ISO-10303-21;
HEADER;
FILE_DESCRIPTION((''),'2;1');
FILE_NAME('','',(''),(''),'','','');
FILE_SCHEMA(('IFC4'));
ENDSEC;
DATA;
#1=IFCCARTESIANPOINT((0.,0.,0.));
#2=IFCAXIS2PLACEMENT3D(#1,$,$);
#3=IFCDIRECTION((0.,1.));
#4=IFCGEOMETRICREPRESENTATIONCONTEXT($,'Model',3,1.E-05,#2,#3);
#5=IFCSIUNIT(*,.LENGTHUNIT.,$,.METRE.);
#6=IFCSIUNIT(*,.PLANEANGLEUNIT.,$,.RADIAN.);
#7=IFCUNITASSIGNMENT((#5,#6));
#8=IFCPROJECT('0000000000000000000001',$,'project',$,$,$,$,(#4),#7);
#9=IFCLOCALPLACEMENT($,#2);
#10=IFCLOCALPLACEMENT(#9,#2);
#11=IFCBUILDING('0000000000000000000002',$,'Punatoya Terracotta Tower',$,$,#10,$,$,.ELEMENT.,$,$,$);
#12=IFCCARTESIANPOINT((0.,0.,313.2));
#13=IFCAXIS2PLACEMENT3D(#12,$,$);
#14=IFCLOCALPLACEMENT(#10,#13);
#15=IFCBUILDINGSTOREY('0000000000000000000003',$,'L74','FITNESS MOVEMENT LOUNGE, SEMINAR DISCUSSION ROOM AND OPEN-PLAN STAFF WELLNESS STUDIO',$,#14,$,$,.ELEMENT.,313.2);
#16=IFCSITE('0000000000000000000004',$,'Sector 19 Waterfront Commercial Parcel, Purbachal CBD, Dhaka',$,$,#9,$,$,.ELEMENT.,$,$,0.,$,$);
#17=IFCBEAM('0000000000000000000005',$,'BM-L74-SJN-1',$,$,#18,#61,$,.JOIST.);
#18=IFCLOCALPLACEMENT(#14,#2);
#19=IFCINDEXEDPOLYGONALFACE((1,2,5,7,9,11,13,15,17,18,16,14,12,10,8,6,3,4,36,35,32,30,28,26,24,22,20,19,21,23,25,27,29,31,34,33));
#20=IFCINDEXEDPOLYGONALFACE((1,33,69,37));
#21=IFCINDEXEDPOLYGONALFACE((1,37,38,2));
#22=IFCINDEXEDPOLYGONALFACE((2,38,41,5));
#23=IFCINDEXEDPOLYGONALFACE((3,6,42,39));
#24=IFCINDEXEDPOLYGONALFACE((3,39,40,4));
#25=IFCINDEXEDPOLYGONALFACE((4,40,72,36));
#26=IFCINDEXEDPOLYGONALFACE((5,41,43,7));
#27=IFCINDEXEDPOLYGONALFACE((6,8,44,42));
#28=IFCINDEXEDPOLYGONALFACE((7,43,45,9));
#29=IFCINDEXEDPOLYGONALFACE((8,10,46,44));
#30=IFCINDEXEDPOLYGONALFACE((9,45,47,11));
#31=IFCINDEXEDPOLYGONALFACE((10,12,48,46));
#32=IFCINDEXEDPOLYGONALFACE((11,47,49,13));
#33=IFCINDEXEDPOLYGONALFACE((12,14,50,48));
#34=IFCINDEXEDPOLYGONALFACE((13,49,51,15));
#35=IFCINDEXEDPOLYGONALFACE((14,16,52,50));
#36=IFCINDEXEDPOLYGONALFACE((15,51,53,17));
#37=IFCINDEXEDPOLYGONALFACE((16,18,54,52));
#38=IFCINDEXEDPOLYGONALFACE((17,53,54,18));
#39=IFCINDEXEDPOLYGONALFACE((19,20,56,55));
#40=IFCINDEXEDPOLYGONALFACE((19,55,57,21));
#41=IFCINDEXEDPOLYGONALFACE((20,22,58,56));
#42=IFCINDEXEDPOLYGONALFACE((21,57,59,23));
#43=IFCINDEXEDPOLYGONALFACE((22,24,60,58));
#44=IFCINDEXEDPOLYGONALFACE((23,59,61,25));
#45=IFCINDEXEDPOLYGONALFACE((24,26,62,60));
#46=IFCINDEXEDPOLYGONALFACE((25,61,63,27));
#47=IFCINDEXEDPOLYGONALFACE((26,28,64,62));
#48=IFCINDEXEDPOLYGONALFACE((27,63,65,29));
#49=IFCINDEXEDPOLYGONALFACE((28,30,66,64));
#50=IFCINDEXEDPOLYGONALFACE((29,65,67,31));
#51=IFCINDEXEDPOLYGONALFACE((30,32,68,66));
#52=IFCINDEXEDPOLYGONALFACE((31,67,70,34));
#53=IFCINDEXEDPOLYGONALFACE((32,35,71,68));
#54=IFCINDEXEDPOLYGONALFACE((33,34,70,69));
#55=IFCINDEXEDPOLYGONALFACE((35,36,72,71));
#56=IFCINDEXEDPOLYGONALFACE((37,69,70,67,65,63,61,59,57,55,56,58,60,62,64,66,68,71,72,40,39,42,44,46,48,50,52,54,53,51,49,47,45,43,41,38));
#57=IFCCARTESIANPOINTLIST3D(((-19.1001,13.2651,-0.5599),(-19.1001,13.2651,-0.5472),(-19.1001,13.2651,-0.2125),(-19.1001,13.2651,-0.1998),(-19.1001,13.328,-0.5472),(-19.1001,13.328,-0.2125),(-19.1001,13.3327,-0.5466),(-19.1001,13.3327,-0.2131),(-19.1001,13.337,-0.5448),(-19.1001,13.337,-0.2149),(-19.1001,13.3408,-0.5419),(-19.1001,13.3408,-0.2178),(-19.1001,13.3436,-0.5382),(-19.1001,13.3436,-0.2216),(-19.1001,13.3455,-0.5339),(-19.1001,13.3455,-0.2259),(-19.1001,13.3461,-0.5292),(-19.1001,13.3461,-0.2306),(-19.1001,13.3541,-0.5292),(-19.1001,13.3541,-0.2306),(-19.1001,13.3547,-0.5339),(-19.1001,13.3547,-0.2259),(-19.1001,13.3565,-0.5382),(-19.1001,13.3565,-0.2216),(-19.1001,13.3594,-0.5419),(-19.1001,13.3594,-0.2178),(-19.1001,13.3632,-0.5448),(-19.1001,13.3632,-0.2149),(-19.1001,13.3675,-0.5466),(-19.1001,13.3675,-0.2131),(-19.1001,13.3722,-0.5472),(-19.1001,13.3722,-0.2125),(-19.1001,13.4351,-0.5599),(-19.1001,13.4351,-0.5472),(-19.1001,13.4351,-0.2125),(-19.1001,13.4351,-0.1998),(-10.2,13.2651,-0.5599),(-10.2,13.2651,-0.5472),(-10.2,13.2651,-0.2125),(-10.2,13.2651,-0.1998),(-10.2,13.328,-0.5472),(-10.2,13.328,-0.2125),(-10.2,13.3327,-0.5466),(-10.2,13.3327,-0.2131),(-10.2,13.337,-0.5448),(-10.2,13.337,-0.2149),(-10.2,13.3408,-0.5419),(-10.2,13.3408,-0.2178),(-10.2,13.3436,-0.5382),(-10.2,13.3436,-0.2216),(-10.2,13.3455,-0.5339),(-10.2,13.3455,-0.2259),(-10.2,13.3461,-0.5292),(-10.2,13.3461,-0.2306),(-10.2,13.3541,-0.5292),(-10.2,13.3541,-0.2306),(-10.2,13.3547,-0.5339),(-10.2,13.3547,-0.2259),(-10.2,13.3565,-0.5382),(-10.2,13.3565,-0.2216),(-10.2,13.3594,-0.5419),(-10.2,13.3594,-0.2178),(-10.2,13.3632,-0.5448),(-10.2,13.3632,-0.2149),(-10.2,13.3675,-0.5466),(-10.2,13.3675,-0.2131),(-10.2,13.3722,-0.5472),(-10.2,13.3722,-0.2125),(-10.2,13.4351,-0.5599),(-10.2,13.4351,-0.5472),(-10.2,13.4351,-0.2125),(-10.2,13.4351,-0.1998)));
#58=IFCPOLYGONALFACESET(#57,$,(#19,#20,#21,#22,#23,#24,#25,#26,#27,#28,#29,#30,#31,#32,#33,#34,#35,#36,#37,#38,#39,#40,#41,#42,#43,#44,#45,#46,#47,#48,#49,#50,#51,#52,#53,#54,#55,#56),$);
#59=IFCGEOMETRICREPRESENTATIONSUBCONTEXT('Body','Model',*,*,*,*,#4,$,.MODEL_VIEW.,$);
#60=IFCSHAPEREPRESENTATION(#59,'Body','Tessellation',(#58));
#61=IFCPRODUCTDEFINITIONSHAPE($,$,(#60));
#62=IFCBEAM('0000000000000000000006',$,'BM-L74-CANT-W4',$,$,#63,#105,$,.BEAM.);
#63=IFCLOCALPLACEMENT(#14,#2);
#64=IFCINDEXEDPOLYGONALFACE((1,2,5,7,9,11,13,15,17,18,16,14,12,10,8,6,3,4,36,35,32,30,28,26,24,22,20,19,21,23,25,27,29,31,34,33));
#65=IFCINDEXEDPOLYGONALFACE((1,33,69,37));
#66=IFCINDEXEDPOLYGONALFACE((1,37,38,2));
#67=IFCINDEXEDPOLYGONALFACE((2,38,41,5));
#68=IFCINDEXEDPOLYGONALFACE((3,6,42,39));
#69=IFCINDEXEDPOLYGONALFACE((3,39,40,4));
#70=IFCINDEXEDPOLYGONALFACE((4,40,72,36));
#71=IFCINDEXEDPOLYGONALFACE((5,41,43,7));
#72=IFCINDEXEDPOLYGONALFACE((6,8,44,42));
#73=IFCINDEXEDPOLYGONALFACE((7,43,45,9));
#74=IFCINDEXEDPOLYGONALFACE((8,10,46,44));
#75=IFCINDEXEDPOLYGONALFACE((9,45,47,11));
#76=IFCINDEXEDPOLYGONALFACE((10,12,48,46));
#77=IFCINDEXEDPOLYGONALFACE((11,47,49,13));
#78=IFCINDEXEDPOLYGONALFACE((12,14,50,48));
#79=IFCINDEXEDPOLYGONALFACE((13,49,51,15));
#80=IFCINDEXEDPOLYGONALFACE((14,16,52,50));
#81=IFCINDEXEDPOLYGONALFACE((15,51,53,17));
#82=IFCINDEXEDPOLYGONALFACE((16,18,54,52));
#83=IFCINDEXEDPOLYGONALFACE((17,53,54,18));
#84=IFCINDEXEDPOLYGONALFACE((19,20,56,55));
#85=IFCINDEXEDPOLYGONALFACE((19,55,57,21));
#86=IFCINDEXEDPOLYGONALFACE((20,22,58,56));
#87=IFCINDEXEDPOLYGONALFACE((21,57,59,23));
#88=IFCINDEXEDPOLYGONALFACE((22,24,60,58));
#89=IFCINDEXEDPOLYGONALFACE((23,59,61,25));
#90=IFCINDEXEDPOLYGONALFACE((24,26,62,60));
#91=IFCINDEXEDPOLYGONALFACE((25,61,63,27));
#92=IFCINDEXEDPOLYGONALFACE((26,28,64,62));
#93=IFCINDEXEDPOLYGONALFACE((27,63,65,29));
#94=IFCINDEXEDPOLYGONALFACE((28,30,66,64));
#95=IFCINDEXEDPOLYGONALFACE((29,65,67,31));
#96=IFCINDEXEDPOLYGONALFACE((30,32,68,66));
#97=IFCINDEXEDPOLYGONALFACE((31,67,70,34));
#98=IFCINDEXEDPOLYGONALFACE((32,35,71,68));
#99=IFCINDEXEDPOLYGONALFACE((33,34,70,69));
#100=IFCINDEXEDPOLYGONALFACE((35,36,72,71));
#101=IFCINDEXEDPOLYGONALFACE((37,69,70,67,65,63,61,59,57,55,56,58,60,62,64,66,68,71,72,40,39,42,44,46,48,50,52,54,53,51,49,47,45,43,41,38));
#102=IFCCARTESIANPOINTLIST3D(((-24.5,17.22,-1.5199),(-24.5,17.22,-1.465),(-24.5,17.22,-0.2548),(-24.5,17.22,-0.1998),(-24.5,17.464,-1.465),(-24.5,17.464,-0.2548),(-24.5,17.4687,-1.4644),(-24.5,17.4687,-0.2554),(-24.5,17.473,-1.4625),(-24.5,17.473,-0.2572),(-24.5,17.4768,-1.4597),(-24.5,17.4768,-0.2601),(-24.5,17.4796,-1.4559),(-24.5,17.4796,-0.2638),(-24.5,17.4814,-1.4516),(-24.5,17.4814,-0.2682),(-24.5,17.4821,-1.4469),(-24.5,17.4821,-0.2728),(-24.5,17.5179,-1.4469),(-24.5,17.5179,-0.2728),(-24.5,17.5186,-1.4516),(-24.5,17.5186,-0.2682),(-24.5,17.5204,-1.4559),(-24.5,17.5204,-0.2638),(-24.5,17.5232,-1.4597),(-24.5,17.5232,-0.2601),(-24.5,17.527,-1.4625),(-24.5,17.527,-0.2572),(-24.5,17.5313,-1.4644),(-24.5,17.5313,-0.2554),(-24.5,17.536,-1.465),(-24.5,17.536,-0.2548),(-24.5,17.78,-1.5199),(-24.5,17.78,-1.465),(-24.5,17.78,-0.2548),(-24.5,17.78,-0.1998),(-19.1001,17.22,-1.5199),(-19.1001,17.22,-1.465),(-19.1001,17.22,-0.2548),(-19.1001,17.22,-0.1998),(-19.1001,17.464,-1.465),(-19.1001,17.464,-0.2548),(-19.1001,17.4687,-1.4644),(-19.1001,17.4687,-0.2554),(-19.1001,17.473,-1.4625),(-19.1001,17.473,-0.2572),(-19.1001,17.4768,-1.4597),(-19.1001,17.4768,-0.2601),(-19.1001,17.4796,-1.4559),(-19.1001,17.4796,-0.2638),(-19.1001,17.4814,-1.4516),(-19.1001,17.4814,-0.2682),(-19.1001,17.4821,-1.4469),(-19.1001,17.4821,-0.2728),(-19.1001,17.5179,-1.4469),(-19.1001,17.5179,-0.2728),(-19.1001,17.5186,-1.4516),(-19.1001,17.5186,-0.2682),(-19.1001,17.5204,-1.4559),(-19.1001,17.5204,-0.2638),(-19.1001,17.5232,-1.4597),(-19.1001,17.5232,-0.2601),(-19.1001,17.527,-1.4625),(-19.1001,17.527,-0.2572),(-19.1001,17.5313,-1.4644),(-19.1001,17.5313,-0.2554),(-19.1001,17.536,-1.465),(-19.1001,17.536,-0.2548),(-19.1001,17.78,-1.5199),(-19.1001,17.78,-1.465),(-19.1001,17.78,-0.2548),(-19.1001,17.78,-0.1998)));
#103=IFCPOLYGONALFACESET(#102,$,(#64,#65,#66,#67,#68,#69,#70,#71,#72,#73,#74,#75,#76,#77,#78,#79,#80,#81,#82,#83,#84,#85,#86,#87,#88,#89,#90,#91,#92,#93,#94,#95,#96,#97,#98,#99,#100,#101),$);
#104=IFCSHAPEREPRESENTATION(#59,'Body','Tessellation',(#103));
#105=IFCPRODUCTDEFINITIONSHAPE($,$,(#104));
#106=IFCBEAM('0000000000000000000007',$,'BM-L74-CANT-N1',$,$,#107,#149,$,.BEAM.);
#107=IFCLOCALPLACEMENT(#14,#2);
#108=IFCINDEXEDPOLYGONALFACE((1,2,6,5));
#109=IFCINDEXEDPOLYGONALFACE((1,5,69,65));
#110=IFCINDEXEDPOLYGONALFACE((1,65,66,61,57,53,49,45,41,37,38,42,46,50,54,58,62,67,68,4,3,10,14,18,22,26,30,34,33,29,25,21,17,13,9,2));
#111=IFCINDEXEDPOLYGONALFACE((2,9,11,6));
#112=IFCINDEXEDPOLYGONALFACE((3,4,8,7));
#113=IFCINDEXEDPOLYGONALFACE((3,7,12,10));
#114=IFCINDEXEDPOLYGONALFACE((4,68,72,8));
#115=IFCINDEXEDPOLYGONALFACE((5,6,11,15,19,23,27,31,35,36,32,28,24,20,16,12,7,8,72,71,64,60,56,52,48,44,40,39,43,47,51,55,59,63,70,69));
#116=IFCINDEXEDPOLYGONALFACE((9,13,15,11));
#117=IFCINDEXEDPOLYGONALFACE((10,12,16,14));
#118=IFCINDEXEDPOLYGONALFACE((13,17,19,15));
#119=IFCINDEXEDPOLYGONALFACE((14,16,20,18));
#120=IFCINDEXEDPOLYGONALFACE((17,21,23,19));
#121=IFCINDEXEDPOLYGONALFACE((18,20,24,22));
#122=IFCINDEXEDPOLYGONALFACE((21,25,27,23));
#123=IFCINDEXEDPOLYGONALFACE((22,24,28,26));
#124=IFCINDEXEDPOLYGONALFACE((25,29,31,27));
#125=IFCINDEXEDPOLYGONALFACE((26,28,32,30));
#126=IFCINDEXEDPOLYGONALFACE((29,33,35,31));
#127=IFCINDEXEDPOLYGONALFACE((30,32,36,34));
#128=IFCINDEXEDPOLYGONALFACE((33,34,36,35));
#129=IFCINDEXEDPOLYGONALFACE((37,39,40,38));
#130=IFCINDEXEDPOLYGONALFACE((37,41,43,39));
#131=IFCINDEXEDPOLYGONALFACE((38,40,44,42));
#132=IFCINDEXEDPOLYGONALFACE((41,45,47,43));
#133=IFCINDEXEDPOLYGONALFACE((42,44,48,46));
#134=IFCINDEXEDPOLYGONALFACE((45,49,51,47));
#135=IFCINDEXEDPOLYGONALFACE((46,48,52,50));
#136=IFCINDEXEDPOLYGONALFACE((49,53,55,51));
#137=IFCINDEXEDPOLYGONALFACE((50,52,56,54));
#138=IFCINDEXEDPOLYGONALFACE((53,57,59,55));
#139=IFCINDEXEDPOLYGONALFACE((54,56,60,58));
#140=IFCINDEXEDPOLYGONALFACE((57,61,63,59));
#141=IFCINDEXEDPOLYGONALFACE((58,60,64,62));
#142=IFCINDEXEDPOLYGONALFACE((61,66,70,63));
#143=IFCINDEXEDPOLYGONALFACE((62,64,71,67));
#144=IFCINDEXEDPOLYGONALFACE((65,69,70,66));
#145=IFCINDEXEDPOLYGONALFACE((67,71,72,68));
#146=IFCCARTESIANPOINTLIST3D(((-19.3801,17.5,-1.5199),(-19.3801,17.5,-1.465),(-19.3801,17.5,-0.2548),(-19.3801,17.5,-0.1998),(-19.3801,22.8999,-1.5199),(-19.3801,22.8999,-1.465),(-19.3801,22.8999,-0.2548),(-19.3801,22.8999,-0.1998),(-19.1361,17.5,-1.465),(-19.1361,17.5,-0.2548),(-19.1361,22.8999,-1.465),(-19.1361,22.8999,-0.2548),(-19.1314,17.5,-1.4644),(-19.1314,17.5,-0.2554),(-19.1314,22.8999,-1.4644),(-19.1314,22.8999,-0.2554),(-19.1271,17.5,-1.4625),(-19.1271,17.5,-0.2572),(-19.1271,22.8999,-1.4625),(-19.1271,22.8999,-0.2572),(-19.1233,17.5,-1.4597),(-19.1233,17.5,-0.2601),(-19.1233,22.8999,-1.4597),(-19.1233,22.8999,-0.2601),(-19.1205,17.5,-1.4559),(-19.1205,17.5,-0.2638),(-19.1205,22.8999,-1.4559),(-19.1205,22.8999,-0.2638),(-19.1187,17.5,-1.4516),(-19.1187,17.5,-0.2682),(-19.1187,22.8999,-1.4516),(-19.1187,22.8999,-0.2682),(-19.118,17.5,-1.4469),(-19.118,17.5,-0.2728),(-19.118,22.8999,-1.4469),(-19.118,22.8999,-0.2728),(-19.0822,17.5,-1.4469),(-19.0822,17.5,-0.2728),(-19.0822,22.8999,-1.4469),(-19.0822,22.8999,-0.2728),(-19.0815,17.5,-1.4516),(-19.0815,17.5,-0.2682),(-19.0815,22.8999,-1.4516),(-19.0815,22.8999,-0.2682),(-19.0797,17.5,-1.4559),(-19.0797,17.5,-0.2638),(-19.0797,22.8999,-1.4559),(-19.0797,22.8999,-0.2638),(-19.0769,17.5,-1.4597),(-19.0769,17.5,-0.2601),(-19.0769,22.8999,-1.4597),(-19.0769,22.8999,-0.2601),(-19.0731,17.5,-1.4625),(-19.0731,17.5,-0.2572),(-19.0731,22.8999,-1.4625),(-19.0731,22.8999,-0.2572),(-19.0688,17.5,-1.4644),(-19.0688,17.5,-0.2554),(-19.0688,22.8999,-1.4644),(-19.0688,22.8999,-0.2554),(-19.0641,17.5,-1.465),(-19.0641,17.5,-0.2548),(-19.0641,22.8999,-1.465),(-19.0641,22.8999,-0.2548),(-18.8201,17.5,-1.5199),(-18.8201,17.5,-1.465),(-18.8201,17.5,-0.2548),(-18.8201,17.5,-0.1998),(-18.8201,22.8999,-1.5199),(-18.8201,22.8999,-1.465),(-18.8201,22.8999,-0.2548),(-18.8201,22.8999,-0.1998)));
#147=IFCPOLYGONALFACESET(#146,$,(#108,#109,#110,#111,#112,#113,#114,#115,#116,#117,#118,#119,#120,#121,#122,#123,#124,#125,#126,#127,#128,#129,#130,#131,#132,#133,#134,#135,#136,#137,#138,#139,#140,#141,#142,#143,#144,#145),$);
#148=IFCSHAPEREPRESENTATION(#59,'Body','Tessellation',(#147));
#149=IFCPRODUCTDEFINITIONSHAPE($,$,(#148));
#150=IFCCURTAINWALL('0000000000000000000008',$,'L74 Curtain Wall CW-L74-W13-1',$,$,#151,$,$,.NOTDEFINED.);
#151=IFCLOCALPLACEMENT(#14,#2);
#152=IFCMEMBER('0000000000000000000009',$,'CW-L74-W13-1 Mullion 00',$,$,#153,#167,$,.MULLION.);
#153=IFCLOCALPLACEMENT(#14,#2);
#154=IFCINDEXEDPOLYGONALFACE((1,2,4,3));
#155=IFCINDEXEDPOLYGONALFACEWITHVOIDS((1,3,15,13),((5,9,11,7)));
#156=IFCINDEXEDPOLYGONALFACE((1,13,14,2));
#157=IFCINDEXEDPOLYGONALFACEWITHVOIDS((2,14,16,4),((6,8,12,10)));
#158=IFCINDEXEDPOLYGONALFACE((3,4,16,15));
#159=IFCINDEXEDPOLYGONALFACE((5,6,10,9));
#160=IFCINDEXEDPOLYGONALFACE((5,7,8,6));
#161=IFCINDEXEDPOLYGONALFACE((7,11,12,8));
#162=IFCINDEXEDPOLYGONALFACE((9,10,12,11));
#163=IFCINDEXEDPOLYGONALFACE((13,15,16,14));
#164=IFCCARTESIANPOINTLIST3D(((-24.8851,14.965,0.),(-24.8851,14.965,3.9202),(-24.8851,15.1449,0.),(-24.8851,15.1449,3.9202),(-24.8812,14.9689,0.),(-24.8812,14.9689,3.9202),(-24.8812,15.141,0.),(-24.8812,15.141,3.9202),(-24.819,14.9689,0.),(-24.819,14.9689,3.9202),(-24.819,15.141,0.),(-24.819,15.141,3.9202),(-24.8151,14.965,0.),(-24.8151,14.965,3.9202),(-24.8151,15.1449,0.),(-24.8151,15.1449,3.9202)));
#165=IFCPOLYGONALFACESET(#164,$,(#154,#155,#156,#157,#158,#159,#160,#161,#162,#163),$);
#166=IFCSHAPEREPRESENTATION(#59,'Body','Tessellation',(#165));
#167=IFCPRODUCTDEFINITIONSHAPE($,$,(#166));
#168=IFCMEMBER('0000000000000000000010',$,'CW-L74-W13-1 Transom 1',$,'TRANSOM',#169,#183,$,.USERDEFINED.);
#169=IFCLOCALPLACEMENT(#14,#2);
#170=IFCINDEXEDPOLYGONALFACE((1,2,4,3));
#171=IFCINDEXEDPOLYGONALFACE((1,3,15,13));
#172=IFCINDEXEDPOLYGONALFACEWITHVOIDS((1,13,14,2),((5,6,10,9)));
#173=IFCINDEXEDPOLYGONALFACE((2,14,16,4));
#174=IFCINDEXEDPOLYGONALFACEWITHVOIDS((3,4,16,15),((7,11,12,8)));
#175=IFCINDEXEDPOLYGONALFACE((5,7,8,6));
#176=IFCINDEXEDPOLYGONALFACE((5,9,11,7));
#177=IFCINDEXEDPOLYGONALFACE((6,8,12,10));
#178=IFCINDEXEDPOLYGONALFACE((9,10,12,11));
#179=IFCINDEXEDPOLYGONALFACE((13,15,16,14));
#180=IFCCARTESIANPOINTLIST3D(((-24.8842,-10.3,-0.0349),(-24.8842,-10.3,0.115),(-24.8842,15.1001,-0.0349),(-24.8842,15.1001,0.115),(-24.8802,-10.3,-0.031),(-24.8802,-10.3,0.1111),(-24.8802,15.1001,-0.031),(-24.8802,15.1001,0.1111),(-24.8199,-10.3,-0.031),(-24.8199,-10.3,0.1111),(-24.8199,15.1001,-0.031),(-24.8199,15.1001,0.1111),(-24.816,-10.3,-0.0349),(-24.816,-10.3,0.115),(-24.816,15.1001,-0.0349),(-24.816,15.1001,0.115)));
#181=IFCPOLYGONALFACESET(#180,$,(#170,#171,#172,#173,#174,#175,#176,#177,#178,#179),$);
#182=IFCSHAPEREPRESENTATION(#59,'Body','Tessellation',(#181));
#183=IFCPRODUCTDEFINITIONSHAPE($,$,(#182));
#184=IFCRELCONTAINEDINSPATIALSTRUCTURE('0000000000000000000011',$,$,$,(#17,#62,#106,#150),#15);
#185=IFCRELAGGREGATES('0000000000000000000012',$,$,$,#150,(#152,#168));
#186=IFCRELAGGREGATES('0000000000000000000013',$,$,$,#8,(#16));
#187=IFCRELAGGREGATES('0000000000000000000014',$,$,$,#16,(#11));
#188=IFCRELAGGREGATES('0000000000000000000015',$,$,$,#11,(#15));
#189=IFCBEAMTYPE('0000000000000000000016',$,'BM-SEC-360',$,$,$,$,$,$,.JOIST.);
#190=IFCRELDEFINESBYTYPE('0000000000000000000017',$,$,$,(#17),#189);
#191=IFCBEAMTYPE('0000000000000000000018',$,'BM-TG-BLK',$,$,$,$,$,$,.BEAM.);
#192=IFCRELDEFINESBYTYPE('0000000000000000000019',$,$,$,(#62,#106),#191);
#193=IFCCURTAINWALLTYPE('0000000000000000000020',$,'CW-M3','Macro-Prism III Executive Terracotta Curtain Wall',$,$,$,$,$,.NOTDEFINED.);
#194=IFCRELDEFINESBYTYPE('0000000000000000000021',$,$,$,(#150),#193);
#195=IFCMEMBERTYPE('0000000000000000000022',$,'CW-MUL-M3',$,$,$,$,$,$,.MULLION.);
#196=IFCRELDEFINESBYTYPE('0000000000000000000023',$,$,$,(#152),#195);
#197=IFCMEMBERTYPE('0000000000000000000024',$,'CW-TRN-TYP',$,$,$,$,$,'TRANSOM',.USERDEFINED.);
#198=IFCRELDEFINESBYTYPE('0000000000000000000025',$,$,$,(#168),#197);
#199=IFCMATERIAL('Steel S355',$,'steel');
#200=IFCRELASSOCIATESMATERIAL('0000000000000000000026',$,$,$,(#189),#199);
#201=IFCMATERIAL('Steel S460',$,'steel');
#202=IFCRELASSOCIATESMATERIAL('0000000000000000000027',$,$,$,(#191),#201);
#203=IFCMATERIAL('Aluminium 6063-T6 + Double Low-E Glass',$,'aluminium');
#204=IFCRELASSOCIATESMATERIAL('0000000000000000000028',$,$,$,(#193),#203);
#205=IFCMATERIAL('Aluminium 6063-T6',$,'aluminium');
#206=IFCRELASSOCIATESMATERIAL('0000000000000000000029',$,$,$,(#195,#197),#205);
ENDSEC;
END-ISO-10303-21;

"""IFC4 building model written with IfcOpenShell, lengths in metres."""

from ifc_helpers import new_model, si_unit, direction, frame, origin, origin_2d, place, context, subcontext, project, spatial, hollow_rectangle, i_section, extrude, material, material_profile, profile_set, type_object, element, aggregate, save


model = new_model("IFC4")

# Units and contexts
model_context = context("Model", 3, precision=1e-05, world=origin(), true_north=direction((0.0, 1.0)))
body_context = subcontext(model_context, "Body", "Model", "MODEL_VIEW")
ifc_project = project(units=[si_unit("LENGTHUNIT", "METRE"), si_unit("PLANEANGLEUNIT", "RADIAN")], contexts=[model_context])

# Site, building, storey
site_placement = place(None, origin())
site = spatial("IfcSite", under=ifc_project, at=site_placement, Name="Sector 19 Waterfront Commercial Parcel, Purbachal CBD, Dhaka", CompositionType="ELEMENT", RefElevation=0.0)
building_placement = place(site_placement, origin())
building = spatial("IfcBuilding", under=site, at=building_placement, Name="Punatoya Terracotta Tower", CompositionType="ELEMENT")
storey_placement = place(building_placement, frame((0.0, 0.0, 313.2)))
storey = spatial("IfcBuildingStorey", under=building, at=storey_placement, Name="L74", Description="FITNESS MOVEMENT LOUNGE, SEMINAR DISCUSSION ROOM AND OPEN-PLAN STAFF WELLNESS STUDIO", CompositionType="ELEMENT", Elevation=313.2)

# Shared definitions
ifc_material_1 = material(Name="Steel S460", Category="steel")

# Beams
ifc_material_2 = material(Name="Steel S355", Category="steel")
ifc_material_profile_1 = material_profile(ifc_material_2, i_section(OverallWidth=0.1699, OverallDepth=0.3601, WebThickness=0.0081, FlangeThickness=0.0127, FilletRadius=0.0181, at=origin_2d()))
ifc_profile_set_1 = profile_set([ifc_material_profile_1], Name="Steel S355")
beam_type_1 = type_object("IfcBeamType", Name="BM-SEC-360", PredefinedType="JOIST", material=ifc_profile_set_1)
beam_1_placement = place(storey_placement, frame((-19.1001, 13.3501, -0.3799), z_axis=(1.0, 0.0, 0.0), x_axis=(0.0, 1.0, 0.0)))
element("IfcBeam", 1, at=beam_1_placement, inside=storey, type_object=beam_type_1, Name="BM-L74-SJN-1", PredefinedType="JOIST", context=body_context, shape_type="SweptSolid", body=[
    extrude(i_section(OverallWidth=0.1699, OverallDepth=0.3601, WebThickness=0.0081, FlangeThickness=0.0127, FilletRadius=0.0181, at=origin_2d()), origin(), (0.0, 0.0, 1.0), 8.9001),
])
ifc_material_profile_2 = material_profile(ifc_material_1, i_section(OverallWidth=0.5601, OverallDepth=1.3201, WebThickness=0.0359, FlangeThickness=0.0549, FilletRadius=0.0181, at=origin_2d()))
ifc_profile_set_2 = profile_set([ifc_material_profile_2], Name="Steel S460")
beam_type_2 = type_object("IfcBeamType", Name="BM-TG-BLK", PredefinedType="BEAM", material=ifc_profile_set_2)
for number, where, z_axis, x_axis, name in (
    (2, (-24.5, 17.5, -0.8599), (1.0, 0.0, 0.0), (0.0, 1.0, 0.0), "BM-L74-CANT-W4"),
    (3, (-19.1001, 17.5, -0.8599), (0.0, 1.0, 0.0), (-1.0, 0.0, 0.0), "BM-L74-CANT-N1"),
):
    element("IfcBeam", number, at=place(storey_placement, frame(where, z_axis=z_axis, x_axis=x_axis)), inside=storey, type_object=beam_type_2, Name=name, PredefinedType="BEAM", context=body_context, shape_type="SweptSolid", body=[
        extrude(i_section(OverallWidth=0.5601, OverallDepth=1.3201, WebThickness=0.0359, FlangeThickness=0.0549, FilletRadius=0.0181, at=origin_2d()), origin(), (0.0, 0.0, 1.0), 5.3999),
    ])

# Curtain wall, members
ifc_material_3 = material(Name="Aluminium 6063-T6 + Double Low-E Glass", Category="aluminium")
curtain_wall_type = type_object("IfcCurtainWallType", Name="CW-M3", Description="Macro-Prism III Executive Terracotta Curtain Wall", PredefinedType="NOTDEFINED", material=ifc_material_3)
curtain_wall_placement = place(storey_placement, origin())
curtain_wall = element("IfcCurtainWall", 4, at=curtain_wall_placement, inside=storey, type_object=curtain_wall_type, Name="L74 Curtain Wall CW-L74-W13-1", PredefinedType="NOTDEFINED")
ifc_material_4 = material(Name="Aluminium 6063-T6", Category="aluminium")
ifc_material_profile_3 = material_profile(ifc_material_4, hollow_rectangle(XDim=0.0701, YDim=0.1799, WallThickness=0.0039, at=origin_2d()))
ifc_profile_set_3 = profile_set([ifc_material_profile_3], Name="Aluminium 6063-T6")
member_type_1 = type_object("IfcMemberType", Name="CW-MUL-M3", PredefinedType="MULLION", material=ifc_profile_set_3)
member_1_placement = place(storey_placement, frame((-24.8501, 15.0549, 0.0), z_axis=(0.0, 0.0, 1.0), x_axis=(1.0, 0.0, 0.0)))
member_1 = element("IfcMember", 5, at=member_1_placement, type_object=member_type_1, Name="CW-L74-W13-1 Mullion 00", PredefinedType="MULLION", context=body_context, shape_type="SweptSolid", body=[
    extrude(hollow_rectangle(XDim=0.0701, YDim=0.1799, WallThickness=0.0039, at=origin_2d()), origin(), (0.0, 0.0, 1.0), 3.9202),
])
ifc_material_profile_4 = material_profile(ifc_material_4, hollow_rectangle(XDim=0.0681, YDim=0.1499, WallThickness=0.0039, at=origin_2d()))
ifc_profile_set_4 = profile_set([ifc_material_profile_4], Name="Aluminium 6063-T6")
member_type_2 = type_object("IfcMemberType", Name="CW-TRN-TYP", ElementType="TRANSOM", PredefinedType="USERDEFINED", material=ifc_profile_set_4)
member_2_placement = place(storey_placement, frame((-24.8501, 15.1001, 0.04), z_axis=(0.0, -1.0, 0.0), x_axis=(1.0, 0.0, 0.0)))
member_2 = element("IfcMember", 6, at=member_2_placement, type_object=member_type_2, Name="CW-L74-W13-1 Transom 1", ObjectType="TRANSOM", PredefinedType="USERDEFINED", context=body_context, shape_type="SweptSolid", body=[
    extrude(hollow_rectangle(XDim=0.0681, YDim=0.1499, WallThickness=0.0039, at=origin_2d()), origin(), (0.0, 0.0, 1.0), 25.4001),
])
aggregate(curtain_wall, [member_1, member_2])

save(model, "model.ifc")
